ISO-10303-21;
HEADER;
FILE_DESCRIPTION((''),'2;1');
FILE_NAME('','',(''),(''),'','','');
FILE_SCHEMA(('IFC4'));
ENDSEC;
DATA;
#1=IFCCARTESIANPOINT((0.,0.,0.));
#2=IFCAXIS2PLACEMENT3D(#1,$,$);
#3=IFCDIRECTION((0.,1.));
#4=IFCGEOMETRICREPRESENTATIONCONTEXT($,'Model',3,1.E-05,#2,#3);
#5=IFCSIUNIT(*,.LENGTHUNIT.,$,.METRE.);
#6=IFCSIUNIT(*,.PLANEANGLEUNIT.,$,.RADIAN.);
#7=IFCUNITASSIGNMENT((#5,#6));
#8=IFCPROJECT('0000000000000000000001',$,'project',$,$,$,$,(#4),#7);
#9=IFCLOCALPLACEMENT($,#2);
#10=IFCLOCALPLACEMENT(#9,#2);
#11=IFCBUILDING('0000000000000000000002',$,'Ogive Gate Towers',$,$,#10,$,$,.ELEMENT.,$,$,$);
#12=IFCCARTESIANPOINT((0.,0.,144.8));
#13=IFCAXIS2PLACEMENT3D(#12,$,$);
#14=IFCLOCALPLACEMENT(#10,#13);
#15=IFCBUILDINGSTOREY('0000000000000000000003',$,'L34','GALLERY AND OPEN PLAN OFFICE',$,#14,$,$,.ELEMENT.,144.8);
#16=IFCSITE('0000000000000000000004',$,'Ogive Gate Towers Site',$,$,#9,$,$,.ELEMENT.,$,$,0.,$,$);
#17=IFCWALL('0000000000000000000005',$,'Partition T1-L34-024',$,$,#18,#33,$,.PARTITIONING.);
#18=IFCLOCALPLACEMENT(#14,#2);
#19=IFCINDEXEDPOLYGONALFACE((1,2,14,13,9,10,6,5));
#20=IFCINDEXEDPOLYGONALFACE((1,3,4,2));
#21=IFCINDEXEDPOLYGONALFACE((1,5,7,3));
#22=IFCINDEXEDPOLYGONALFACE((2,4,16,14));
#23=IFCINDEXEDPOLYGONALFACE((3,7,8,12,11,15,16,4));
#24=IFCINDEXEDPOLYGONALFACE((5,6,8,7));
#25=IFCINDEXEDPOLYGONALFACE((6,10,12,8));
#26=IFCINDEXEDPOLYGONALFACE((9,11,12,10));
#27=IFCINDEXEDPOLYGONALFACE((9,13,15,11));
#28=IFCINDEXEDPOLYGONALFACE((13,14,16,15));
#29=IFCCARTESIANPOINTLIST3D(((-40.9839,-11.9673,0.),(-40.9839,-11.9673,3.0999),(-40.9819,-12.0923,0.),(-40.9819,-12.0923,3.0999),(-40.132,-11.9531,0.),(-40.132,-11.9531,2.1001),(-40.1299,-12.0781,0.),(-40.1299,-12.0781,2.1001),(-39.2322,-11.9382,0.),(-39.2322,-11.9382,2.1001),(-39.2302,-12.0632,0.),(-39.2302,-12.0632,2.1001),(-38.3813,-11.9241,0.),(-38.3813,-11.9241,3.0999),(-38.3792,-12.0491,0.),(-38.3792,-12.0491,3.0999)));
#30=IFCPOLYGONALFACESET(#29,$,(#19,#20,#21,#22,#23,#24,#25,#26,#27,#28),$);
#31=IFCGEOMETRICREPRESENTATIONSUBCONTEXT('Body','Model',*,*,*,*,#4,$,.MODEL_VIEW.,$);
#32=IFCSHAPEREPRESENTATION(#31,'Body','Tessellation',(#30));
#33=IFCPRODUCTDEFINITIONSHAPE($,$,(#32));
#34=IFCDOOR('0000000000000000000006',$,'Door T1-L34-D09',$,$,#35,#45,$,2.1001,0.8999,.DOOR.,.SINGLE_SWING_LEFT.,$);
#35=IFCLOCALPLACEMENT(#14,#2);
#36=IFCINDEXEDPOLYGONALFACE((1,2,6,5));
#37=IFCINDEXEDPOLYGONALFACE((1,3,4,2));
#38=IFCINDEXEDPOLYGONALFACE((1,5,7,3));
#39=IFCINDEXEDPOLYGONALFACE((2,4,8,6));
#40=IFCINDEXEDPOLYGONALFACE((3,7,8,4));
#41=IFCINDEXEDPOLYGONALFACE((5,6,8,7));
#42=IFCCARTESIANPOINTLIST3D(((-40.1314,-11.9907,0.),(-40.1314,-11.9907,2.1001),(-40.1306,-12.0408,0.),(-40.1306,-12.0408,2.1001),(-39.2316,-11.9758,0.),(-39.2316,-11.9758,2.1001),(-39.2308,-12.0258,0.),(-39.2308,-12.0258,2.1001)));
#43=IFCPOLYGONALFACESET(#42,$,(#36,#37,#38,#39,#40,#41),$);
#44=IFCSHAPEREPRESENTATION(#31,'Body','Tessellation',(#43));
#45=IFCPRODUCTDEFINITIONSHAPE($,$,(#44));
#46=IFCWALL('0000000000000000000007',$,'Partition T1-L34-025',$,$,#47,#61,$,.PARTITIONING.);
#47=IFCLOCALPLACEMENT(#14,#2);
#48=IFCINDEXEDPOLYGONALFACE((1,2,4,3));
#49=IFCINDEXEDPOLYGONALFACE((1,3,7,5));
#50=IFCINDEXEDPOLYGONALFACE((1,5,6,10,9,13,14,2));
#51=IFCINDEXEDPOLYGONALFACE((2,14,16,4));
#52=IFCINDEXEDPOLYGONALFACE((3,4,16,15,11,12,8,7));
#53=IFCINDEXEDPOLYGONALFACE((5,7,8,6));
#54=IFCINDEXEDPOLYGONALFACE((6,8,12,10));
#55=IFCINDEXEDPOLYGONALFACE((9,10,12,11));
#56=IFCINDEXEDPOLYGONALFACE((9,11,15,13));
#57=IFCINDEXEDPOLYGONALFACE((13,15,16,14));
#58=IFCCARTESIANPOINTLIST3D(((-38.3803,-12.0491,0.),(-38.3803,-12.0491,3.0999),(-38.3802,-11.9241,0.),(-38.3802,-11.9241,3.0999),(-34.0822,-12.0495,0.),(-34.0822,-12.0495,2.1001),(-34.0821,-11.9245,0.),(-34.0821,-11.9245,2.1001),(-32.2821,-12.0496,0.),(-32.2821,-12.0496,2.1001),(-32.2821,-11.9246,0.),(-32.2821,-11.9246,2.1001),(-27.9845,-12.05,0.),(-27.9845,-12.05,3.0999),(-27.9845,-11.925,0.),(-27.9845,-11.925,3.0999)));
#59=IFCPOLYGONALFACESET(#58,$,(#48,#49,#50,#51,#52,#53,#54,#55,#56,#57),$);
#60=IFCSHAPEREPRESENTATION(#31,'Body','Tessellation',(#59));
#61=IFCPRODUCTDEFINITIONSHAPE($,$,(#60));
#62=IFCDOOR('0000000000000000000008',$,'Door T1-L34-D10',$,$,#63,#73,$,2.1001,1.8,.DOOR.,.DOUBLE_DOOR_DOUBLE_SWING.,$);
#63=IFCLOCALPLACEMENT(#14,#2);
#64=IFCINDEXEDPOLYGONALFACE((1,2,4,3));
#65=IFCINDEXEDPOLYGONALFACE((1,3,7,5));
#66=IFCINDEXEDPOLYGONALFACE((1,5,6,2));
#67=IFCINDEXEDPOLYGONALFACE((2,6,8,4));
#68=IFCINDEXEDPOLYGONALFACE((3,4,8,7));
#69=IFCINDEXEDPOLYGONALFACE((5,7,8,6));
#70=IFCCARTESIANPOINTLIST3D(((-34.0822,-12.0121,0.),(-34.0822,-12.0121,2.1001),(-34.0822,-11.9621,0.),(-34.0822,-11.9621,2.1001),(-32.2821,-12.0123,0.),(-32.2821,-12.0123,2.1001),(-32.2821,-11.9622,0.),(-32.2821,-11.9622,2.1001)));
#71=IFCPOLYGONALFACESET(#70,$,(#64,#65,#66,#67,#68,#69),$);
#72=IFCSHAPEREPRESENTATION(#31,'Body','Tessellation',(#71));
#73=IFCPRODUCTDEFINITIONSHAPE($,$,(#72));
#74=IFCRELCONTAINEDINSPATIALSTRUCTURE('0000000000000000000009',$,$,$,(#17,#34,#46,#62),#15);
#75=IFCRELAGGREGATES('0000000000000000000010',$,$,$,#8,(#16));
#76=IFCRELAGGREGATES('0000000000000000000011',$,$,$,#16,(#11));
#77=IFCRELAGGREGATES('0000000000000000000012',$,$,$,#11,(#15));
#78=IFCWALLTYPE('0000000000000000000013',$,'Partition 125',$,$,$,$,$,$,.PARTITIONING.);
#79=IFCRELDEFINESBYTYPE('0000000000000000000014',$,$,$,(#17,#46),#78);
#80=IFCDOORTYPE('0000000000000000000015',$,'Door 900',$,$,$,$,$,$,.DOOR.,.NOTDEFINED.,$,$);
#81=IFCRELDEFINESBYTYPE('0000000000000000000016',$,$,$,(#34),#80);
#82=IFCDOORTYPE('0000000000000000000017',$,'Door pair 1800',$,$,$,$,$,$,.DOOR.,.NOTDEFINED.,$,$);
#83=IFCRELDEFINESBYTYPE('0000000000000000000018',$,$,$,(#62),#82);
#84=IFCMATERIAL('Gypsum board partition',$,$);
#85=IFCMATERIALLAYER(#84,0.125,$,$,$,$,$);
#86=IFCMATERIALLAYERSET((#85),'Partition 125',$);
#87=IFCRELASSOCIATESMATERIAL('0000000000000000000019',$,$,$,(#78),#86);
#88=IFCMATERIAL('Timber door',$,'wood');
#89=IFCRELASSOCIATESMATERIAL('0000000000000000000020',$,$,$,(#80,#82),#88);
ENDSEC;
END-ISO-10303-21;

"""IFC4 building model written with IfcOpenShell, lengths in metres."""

from ifc_helpers import new_model, si_unit, direction, frame, frame_2d, origin, place, context, subcontext, project, spatial, rectangle, extrude, material, layer, layer_set, type_object, element, fill, save


model = new_model("IFC4")

# Units and contexts
model_context = context("Model", 3, precision=1e-05, world=origin(), true_north=direction((0.0, 1.0)))
body_context = subcontext(model_context, "Body", "Model", "MODEL_VIEW")
ifc_project = project(units=[si_unit("LENGTHUNIT", "METRE"), si_unit("PLANEANGLEUNIT", "RADIAN")], contexts=[model_context])

# Site, building, storey
site_placement = place(None, origin())
site = spatial("IfcSite", under=ifc_project, at=site_placement, Name="Ogive Gate Towers Site", CompositionType="ELEMENT", RefElevation=0.0)
building_placement = place(site_placement, origin())
building = spatial("IfcBuilding", under=site, at=building_placement, Name="Ogive Gate Towers", CompositionType="ELEMENT")
storey_placement = place(building_placement, frame((0.0, 0.0, 144.8)))
storey = spatial("IfcBuildingStorey", under=building, at=storey_placement, Name="L34", Description="GALLERY AND OPEN PLAN OFFICE", CompositionType="ELEMENT", Elevation=144.8)

# Shared definitions
ifc_material_1 = material(Name="Gypsum board partition")
ifc_layer_1 = layer(ifc_material_1, 0.125)
ifc_layer_set_1 = layer_set([ifc_layer_1], Name="Partition 125")
wall_type = type_object("IfcWallType", Name="Partition 125", PredefinedType="PARTITIONING", material=ifc_layer_set_1)

# Walls, openings, doors
wall_1_placement = place(storey_placement, frame((-40.9829, -12.0298, 0.0), z_axis=(0.0, 0.0, 1.0), x_axis=(0.999862, 0.0166, 0.0)))
wall_1 = element("IfcWall", 1, at=wall_1_placement, inside=storey, type_object=wall_type, Name="Partition T1-L34-024", PredefinedType="PARTITIONING", context=body_context, shape_type="SweptSolid", body=[
    extrude(rectangle(XDim=2.603, YDim=0.125, at=frame_2d((1.3015, 0.0))), origin(), (0.0, 0.0, 1.0), 3.0999),
])
opening_1_placement = place(wall_1_placement, frame((0.8521, 0.0, 0.0)))
opening_1 = element("IfcOpeningElement", 2, at=opening_1_placement, cuts=wall_1, PredefinedType="OPENING", context=body_context, shape_type="SweptSolid", body=[
    extrude(rectangle(XDim=0.8999, YDim=2.1001, at=frame_2d((0.45, 1.05))), frame((0.0, 0.0725, 0.0), z_axis=(0.0, -1.0, 0.0), x_axis=(1.0, 0.0, 0.0)), (0.0, 0.0, 1.0), 0.145),
])
ifc_material_2 = material(Name="Timber door", Category="wood")
door_type_1 = type_object("IfcDoorType", Name="Door 900", OperationType="NOTDEFINED", PredefinedType="DOOR", material=ifc_material_2)
door_1_placement = place(opening_1_placement, origin())
door_1 = element("IfcDoor", 3, at=door_1_placement, inside=storey, type_object=door_type_1, Name="Door T1-L34-D09", OperationType="SINGLE_SWING_LEFT", OverallHeight=2.1001, OverallWidth=0.8999, PredefinedType="DOOR", context=body_context, shape_type="SweptSolid", body=[
    extrude(rectangle(XDim=0.8999, YDim=2.1001, at=frame_2d((0.45, 1.05))), frame((0.0, 0.0249, 0.0), z_axis=(0.0, -1.0, 0.0), x_axis=(1.0, 0.0, 0.0)), (0.0, 0.0, 1.0), 0.05),
])
fill(opening_1, door_1)
wall_2_placement = place(storey_placement, frame((-38.3801, -11.9866, 0.0), z_axis=(0.0, 0.0, 1.0), x_axis=(1.0, -0.000094, 0.0)))
wall_2 = element("IfcWall", 4, at=wall_2_placement, inside=storey, type_object=wall_type, Name="Partition T1-L34-025", PredefinedType="PARTITIONING", context=body_context, shape_type="SweptSolid", body=[
    extrude(rectangle(XDim=10.3958, YDim=0.125, at=frame_2d((5.1978, 0.0))), origin(), (0.0, 0.0, 1.0), 3.0999),
])
opening_2_placement = place(wall_2_placement, frame((4.2981, 0.0, 0.0)))
opening_2 = element("IfcOpeningElement", 5, at=opening_2_placement, cuts=wall_2, PredefinedType="OPENING", context=body_context, shape_type="SweptSolid", body=[
    extrude(rectangle(XDim=1.8, YDim=2.1001, at=frame_2d((0.8999, 1.05))), frame((0.0, 0.0725, 0.0), z_axis=(0.0, -1.0, 0.0), x_axis=(1.0, 0.0, 0.0)), (0.0, 0.0, 1.0), 0.145),
])
door_type_2 = type_object("IfcDoorType", Name="Door pair 1800", OperationType="NOTDEFINED", PredefinedType="DOOR", material=ifc_material_2)
door_2_placement = place(opening_2_placement, origin())
door_2 = element("IfcDoor", 6, at=door_2_placement, inside=storey, type_object=door_type_2, Name="Door T1-L34-D10", OperationType="DOUBLE_DOOR_DOUBLE_SWING", OverallHeight=2.1001, OverallWidth=1.8, PredefinedType="DOOR", context=body_context, shape_type="SweptSolid", body=[
    extrude(rectangle(XDim=1.8, YDim=2.1001, at=frame_2d((0.8999, 1.05))), frame((0.0, 0.0249, 0.0), z_axis=(0.0, -1.0, 0.0), x_axis=(1.0, 0.0, 0.0)), (0.0, 0.0, 1.0), 0.05),
])
fill(opening_2, door_2)

save(model, "model.ifc")
